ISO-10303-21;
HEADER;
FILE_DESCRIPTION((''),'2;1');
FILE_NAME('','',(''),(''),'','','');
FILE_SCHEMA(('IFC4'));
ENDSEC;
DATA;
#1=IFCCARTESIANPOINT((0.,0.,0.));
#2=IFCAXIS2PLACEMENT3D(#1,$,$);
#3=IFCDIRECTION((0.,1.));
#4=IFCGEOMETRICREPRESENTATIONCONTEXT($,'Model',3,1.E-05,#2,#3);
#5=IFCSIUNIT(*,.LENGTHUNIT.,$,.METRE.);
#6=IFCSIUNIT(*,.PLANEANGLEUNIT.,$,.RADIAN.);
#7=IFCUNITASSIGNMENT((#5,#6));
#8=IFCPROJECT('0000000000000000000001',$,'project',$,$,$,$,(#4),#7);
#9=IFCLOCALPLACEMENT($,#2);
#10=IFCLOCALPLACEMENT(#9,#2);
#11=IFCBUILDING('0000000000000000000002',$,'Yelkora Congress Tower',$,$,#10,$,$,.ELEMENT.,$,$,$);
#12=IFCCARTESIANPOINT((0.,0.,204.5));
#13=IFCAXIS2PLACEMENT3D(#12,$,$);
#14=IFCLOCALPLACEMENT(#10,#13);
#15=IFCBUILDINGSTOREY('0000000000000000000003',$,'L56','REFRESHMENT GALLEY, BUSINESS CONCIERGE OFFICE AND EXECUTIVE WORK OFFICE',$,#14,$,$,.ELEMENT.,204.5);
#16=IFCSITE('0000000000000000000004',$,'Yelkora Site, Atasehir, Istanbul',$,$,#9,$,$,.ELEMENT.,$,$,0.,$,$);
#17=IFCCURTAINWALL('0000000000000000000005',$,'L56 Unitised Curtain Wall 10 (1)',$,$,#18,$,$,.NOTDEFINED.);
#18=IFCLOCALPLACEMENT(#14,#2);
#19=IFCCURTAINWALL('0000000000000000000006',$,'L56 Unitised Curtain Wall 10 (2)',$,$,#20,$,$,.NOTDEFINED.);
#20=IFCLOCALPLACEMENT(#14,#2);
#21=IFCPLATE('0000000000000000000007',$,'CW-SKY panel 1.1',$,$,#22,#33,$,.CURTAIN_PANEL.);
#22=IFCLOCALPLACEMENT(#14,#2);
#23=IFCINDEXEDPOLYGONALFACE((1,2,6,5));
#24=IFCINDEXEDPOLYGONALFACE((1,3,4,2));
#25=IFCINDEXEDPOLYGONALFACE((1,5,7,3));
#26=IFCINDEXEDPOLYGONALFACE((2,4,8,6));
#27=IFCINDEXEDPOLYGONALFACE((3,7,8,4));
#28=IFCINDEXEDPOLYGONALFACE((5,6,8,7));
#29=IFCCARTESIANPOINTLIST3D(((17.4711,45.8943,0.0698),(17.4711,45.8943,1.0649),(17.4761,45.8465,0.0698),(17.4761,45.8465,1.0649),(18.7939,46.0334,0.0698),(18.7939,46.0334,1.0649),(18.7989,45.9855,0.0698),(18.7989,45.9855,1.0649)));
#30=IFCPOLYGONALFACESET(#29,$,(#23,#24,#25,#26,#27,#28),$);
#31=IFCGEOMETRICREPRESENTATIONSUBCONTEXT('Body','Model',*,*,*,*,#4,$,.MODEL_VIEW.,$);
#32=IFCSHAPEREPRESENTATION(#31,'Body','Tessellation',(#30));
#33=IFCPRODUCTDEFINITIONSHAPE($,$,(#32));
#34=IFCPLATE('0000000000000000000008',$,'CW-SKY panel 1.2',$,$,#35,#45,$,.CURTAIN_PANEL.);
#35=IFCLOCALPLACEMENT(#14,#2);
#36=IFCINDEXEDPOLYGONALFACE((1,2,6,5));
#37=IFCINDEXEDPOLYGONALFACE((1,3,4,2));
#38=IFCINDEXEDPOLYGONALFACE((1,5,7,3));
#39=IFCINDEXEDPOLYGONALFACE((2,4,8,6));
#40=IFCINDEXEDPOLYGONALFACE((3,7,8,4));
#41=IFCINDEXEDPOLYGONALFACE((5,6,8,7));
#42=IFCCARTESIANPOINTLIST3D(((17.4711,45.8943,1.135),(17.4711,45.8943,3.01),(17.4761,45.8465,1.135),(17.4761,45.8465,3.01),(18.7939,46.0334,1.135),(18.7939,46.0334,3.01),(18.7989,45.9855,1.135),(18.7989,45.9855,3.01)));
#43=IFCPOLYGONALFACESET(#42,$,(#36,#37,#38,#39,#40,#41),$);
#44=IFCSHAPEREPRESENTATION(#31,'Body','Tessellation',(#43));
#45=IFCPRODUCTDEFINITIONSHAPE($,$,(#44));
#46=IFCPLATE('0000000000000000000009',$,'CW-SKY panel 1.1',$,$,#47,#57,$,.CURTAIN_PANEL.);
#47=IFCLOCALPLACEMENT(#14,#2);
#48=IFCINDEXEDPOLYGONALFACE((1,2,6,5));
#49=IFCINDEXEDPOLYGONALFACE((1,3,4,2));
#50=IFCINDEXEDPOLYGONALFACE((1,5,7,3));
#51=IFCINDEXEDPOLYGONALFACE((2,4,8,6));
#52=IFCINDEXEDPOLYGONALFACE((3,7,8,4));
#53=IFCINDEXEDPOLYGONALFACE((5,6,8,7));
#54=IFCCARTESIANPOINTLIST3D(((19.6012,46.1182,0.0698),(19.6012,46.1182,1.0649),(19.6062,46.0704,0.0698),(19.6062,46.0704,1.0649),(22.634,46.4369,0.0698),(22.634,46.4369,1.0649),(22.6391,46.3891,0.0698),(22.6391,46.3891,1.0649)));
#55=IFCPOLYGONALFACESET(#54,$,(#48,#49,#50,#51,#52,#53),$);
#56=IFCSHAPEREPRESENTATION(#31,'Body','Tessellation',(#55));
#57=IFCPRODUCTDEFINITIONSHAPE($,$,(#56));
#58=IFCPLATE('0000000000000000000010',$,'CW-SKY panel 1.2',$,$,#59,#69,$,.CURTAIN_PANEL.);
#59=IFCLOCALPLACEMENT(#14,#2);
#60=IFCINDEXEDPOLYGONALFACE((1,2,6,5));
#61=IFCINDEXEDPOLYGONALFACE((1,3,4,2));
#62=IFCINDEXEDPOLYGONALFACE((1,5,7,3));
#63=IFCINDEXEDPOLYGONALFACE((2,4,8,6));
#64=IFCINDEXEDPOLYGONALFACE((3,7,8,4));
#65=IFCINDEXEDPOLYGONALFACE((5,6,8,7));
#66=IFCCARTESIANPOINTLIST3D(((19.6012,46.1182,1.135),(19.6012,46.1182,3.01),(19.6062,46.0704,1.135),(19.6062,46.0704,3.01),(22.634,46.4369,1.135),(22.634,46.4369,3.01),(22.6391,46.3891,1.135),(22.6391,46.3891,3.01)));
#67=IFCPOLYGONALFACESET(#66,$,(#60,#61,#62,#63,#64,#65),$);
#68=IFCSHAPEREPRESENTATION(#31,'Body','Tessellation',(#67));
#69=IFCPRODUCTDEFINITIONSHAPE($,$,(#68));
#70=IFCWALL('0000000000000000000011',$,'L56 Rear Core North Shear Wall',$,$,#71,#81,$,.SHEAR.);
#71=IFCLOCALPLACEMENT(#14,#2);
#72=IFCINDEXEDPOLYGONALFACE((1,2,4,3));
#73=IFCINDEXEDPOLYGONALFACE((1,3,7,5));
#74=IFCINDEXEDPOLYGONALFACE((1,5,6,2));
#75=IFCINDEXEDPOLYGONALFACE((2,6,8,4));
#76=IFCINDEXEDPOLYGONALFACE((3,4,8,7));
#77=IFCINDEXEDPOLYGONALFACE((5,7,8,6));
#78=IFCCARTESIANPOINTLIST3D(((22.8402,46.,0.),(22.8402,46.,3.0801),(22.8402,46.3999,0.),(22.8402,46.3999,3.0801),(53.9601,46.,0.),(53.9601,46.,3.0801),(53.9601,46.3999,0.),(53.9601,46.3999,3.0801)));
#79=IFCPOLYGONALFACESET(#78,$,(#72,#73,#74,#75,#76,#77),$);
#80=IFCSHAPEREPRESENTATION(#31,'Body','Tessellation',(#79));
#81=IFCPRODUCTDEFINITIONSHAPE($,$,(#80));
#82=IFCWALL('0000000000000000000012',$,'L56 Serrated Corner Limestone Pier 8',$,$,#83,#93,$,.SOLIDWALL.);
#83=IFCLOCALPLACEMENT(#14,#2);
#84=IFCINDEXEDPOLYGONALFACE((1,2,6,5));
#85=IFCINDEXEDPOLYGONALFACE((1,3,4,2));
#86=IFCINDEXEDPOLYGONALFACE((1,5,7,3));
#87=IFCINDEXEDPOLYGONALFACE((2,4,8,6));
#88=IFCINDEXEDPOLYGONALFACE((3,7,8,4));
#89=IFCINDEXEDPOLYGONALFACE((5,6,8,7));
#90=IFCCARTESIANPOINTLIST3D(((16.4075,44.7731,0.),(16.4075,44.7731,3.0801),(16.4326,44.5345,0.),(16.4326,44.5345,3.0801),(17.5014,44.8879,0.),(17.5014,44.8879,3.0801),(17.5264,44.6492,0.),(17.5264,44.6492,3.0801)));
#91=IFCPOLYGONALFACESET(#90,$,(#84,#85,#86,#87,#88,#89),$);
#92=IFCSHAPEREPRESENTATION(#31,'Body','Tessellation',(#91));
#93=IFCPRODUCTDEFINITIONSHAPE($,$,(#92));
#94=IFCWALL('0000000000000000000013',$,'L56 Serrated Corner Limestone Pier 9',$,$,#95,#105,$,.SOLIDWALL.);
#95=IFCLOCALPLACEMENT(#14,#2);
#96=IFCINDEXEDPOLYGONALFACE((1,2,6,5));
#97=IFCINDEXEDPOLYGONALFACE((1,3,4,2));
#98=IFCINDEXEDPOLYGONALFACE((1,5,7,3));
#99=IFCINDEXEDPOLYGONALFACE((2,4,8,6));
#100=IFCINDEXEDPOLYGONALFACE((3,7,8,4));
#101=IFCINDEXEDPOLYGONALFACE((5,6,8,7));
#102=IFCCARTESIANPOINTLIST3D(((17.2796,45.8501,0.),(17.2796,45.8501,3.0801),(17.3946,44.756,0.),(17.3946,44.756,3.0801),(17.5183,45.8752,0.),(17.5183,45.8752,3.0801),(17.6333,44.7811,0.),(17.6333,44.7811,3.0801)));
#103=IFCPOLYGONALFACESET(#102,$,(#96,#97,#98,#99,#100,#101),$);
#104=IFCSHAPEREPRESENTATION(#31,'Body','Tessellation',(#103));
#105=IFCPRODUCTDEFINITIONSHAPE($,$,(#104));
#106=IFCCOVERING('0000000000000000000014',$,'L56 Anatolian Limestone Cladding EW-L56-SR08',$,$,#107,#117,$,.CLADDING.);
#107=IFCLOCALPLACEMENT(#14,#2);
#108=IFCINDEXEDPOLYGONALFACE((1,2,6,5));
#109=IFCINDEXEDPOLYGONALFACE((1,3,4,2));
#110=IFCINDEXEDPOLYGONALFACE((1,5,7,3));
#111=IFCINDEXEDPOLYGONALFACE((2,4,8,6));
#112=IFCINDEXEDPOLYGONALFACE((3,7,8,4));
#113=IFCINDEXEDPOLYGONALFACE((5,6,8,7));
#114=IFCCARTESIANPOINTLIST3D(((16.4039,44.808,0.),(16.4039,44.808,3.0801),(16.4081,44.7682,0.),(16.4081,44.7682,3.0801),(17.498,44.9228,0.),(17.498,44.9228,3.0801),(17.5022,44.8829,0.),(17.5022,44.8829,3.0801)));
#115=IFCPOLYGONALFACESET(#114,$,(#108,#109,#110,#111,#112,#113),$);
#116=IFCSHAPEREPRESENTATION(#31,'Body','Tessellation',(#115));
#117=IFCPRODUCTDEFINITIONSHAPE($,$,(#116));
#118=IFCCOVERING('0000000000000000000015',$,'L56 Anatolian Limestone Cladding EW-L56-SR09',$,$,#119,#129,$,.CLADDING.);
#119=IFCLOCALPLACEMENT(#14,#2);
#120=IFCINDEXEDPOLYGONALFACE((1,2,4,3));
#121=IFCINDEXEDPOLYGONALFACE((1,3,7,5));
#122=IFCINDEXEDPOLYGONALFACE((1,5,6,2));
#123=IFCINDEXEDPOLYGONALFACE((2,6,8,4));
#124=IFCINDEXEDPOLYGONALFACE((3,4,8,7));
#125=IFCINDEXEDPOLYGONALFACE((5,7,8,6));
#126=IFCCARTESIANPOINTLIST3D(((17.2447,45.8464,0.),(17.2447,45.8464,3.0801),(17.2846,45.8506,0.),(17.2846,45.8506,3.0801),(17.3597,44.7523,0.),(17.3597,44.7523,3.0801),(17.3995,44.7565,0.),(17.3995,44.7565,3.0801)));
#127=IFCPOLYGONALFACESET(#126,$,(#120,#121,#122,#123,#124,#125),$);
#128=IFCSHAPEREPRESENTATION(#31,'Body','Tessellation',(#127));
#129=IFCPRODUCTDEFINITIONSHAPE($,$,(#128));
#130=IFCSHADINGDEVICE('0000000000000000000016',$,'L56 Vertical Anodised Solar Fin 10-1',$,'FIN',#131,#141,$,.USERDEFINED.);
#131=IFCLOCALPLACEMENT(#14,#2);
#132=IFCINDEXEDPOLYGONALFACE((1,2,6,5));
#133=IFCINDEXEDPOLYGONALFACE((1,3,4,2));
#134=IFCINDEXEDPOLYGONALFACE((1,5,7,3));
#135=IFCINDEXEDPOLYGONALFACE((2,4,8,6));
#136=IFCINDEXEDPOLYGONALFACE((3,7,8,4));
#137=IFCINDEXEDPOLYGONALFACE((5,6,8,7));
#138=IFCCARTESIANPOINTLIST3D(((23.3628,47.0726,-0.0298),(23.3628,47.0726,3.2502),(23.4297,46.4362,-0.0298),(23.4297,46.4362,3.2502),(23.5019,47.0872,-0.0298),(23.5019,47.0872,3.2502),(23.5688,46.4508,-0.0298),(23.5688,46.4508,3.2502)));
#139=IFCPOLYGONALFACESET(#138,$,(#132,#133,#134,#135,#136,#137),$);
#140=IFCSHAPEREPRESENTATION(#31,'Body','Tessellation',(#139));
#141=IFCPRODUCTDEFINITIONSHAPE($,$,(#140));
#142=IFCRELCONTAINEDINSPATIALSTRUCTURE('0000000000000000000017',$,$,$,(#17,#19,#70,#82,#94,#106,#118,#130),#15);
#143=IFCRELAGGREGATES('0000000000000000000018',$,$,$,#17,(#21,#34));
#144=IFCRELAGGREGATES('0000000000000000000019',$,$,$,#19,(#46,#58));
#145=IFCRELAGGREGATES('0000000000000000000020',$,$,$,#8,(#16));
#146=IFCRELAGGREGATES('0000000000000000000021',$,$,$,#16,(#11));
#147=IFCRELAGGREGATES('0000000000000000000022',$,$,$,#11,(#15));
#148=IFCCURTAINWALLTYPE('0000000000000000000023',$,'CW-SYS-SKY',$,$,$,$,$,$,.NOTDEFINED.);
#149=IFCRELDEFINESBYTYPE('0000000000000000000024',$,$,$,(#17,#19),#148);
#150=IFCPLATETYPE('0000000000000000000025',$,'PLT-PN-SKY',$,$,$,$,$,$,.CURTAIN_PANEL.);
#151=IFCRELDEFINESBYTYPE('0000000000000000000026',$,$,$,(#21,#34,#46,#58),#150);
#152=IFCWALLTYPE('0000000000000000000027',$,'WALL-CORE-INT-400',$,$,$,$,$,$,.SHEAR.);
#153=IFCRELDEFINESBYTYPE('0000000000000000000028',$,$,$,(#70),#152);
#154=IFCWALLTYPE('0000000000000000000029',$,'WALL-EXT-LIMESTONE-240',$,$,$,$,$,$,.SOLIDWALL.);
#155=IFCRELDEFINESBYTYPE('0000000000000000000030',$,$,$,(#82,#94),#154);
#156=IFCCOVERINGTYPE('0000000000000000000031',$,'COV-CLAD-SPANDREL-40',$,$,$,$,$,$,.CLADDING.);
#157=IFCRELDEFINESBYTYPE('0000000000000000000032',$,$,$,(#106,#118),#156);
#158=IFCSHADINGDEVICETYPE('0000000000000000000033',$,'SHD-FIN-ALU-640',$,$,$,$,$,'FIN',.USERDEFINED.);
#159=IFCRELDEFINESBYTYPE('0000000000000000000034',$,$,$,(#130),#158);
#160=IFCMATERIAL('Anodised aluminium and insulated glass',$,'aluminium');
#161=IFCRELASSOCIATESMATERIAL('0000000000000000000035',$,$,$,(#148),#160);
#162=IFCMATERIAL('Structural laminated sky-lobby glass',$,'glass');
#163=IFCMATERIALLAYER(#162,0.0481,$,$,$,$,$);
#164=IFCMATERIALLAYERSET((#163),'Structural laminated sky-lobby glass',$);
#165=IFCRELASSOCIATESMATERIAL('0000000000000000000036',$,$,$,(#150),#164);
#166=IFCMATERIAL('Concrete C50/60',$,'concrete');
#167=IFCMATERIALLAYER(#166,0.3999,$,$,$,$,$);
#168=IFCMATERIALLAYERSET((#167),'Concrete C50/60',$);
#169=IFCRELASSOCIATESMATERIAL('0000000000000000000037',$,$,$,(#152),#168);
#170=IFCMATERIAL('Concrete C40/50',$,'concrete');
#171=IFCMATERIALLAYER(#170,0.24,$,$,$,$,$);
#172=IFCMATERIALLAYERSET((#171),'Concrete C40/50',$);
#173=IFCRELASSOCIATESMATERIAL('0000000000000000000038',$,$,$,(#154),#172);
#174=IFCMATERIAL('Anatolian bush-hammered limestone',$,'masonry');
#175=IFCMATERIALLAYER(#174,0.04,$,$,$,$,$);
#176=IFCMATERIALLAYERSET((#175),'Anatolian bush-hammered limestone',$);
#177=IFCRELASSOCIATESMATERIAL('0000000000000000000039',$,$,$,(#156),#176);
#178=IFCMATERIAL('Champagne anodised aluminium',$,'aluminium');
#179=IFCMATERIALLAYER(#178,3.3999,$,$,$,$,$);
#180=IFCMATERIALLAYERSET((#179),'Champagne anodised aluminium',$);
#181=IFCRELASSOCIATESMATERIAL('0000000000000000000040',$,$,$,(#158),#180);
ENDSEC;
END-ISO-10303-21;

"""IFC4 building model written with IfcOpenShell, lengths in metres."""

from ifc_helpers import new_model, si_unit, direction, frame, frame_2d, origin, origin_2d, place, context, subcontext, project, spatial, rectangle, extrude, material, layer, layer_set, type_object, element, aggregate, save


model = new_model("IFC4")

# Units and contexts
model_context = context("Model", 3, precision=1e-05, world=origin(), true_north=direction((0.0, 1.0)))
body_context = subcontext(model_context, "Body", "Model", "MODEL_VIEW")
ifc_project = project(units=[si_unit("LENGTHUNIT", "METRE"), si_unit("PLANEANGLEUNIT", "RADIAN")], contexts=[model_context])

# Site, building, storey
site_placement = place(None, origin())
site = spatial("IfcSite", under=ifc_project, at=site_placement, Name="Yelkora Site, Atasehir, Istanbul", CompositionType="ELEMENT", RefElevation=0.0)
building_placement = place(site_placement, origin())
building = spatial("IfcBuilding", under=site, at=building_placement, Name="Yelkora Congress Tower", CompositionType="ELEMENT")
storey_placement = place(building_placement, frame((0.0, 0.0, 204.5)))
storey = spatial("IfcBuildingStorey", under=building, at=storey_placement, Name="L56", Description="REFRESHMENT GALLEY, BUSINESS CONCIERGE OFFICE AND EXECUTIVE WORK OFFICE", CompositionType="ELEMENT", Elevation=204.5)

# Curtain walls
ifc_material_1 = material(Name="Anodised aluminium and insulated glass", Category="aluminium")
curtain_wall_type = type_object("IfcCurtainWallType", Name="CW-SYS-SKY", PredefinedType="NOTDEFINED", material=ifc_material_1)
curtain_wall_1_placement = place(storey_placement, origin())
curtain_wall_1 = element("IfcCurtainWall", 1, at=curtain_wall_1_placement, inside=storey, type_object=curtain_wall_type, Name="L56 Unitised Curtain Wall 10 (1)", PredefinedType="NOTDEFINED")
curtain_wall_2_placement = place(storey_placement, origin())
curtain_wall_2 = element("IfcCurtainWall", 2, at=curtain_wall_2_placement, inside=storey, type_object=curtain_wall_type, Name="L56 Unitised Curtain Wall 10 (2)", PredefinedType="NOTDEFINED")

# Plates
ifc_material_2 = material(Name="Structural laminated sky-lobby glass", Category="glass")
ifc_layer_1 = layer(ifc_material_2, 0.0481)
ifc_layer_set_1 = layer_set([ifc_layer_1], Name="Structural laminated sky-lobby glass")
plate_type = type_object("IfcPlateType", Name="PLT-PN-SKY", PredefinedType="CURTAIN_PANEL", material=ifc_layer_set_1)
plate_1_placement = place(storey_placement, frame((18.135, 45.9399, 0.0698), z_axis=(0.0, 0.0, 1.0), x_axis=(0.994523, 0.104519, 0.0)))
plate_1 = element("IfcPlate", 3, at=plate_1_placement, type_object=plate_type, Name="CW-SKY panel 1.1", PredefinedType="CURTAIN_PANEL", context=body_context, shape_type="SweptSolid", body=[
    extrude(rectangle(XDim=1.3301, YDim=0.0481, at=origin_2d()), origin(), (0.0, 0.0, 1.0), 0.9951),
])
plate_2_placement = place(storey_placement, frame((18.135, 45.9399, 1.135), z_axis=(0.0, 0.0, 1.0), x_axis=(0.994523, 0.104519, 0.0)))
plate_2 = element("IfcPlate", 4, at=plate_2_placement, type_object=plate_type, Name="CW-SKY panel 1.2", PredefinedType="CURTAIN_PANEL", context=body_context, shape_type="SweptSolid", body=[
    extrude(rectangle(XDim=1.3301, YDim=0.0481, at=origin_2d()), origin(), (0.0, 0.0, 1.0), 1.875),
])
aggregate(curtain_wall_1, [plate_1, plate_2])
plate_3_placement = place(storey_placement, frame((21.1201, 46.2537, 0.0698), z_axis=(0.0, 0.0, 1.0), x_axis=(0.994523, 0.104516, 0.0)))
plate_3 = element("IfcPlate", 5, at=plate_3_placement, type_object=plate_type, Name="CW-SKY panel 1.1", PredefinedType="CURTAIN_PANEL", context=body_context, shape_type="SweptSolid", body=[
    extrude(rectangle(XDim=3.0496, YDim=0.0481, at=origin_2d()), origin(), (0.0, 0.0, 1.0), 0.9951),
])
plate_4_placement = place(storey_placement, frame((21.1201, 46.2537, 1.135), z_axis=(0.0, 0.0, 1.0), x_axis=(0.994523, 0.104516, 0.0)))
plate_4 = element("IfcPlate", 6, at=plate_4_placement, type_object=plate_type, Name="CW-SKY panel 1.2", PredefinedType="CURTAIN_PANEL", context=body_context, shape_type="SweptSolid", body=[
    extrude(rectangle(XDim=3.0496, YDim=0.0481, at=origin_2d()), origin(), (0.0, 0.0, 1.0), 1.875),
])
aggregate(curtain_wall_2, [plate_3, plate_4])

# Walls
ifc_material_3 = material(Name="Concrete C50/60", Category="concrete")
ifc_layer_2 = layer(ifc_material_3, 0.3999)
ifc_layer_set_2 = layer_set([ifc_layer_2], Name="Concrete C50/60")
wall_type_1 = type_object("IfcWallType", Name="WALL-CORE-INT-400", PredefinedType="SHEAR", material=ifc_layer_set_2)
wall_1_placement = place(storey_placement, frame((22.8401, 46.2, 0.0), z_axis=(0.0, 0.0, 1.0), x_axis=(1.0, 0.0, 0.0)))
element("IfcWall", 7, at=wall_1_placement, inside=storey, type_object=wall_type_1, Name="L56 Rear Core North Shear Wall", PredefinedType="SHEAR", context=body_context, shape_type="SweptSolid", body=[
    extrude(rectangle(XDim=31.1199, YDim=0.3999, at=frame_2d((15.5601, 0.0))), origin(), (0.0, 0.0, 1.0), 3.0801),
])
ifc_material_4 = material(Name="Concrete C40/50", Category="concrete")
ifc_layer_3 = layer(ifc_material_4, 0.24)
ifc_layer_set_3 = layer_set([ifc_layer_3], Name="Concrete C40/50")
wall_type_2 = type_object("IfcWallType", Name="WALL-EXT-LIMESTONE-240", PredefinedType="SOLIDWALL", material=ifc_layer_set_3)
wall_2_placement = place(storey_placement, frame((16.4202, 44.6538, 0.0), z_axis=(0.0, 0.0, 1.0), x_axis=(0.994542, 0.104338, 0.0)))
element("IfcWall", 8, at=wall_2_placement, inside=storey, type_object=wall_type_2, Name="L56 Serrated Corner Limestone Pier 8", PredefinedType="SOLIDWALL", context=body_context, shape_type="SweptSolid", body=[
    extrude(rectangle(XDim=1.0999, YDim=0.24, at=frame_2d((0.5498, 0.0))), origin(), (0.0, 0.0, 1.0), 3.0801),
])
wall_3_placement = place(storey_placement, frame((17.5139, 44.7686, 0.0), z_axis=(0.0, 0.0, 1.0), x_axis=(-0.104535, 0.994521, 0.0)))
element("IfcWall", 9, at=wall_3_placement, inside=storey, type_object=wall_type_2, Name="L56 Serrated Corner Limestone Pier 9", PredefinedType="SOLIDWALL", context=body_context, shape_type="SweptSolid", body=[
    extrude(rectangle(XDim=1.1001, YDim=0.24, at=frame_2d((0.55, 0.0))), origin(), (0.0, 0.0, 1.0), 3.0801),
])

# Coverings
ifc_material_5 = material(Name="Anatolian bush-hammered limestone", Category="masonry")
ifc_layer_4 = layer(ifc_material_5, 0.04)
ifc_layer_set_4 = layer_set([ifc_layer_4], Name="Anatolian bush-hammered limestone")
covering_type = type_object("IfcCoveringType", Name="COV-CLAD-SPANDREL-40", PredefinedType="CLADDING", material=ifc_layer_set_4)
for number, where, z_axis, x_axis, name in (
    (10, (16.406, 44.7881, 0.0), (0.0, 0.0, 1.0), (0.994544, 0.104315, 0.0), "L56 Anatolian Limestone Cladding EW-L56-SR08"),
    (11, (17.3796, 44.7544, 0.0), (0.0, 0.0, 1.0), (-0.104535, 0.994521, 0.0), "L56 Anatolian Limestone Cladding EW-L56-SR09"),
):
    element("IfcCovering", number, at=place(storey_placement, frame(where, z_axis=z_axis, x_axis=x_axis)), inside=storey, type_object=covering_type, Name=name, PredefinedType="CLADDING", context=body_context, shape_type="SweptSolid", body=[
        extrude(rectangle(XDim=1.1001, YDim=0.04, at=frame_2d((0.55, 0.0))), origin(), (0.0, 0.0, 1.0), 3.0801),
    ])

# Shading device
ifc_material_6 = material(Name="Champagne anodised aluminium", Category="aluminium")
ifc_layer_5 = layer(ifc_material_6, 3.3999)
ifc_layer_set_5 = layer_set([ifc_layer_5], Name="Champagne anodised aluminium")
shading_device_type = type_object("IfcShadingDeviceType", Name="SHD-FIN-ALU-640", ElementType="FIN", PredefinedType="USERDEFINED", material=ifc_layer_set_5)
shading_device_placement = place(storey_placement, frame((23.4658, 46.7617, -0.0298), z_axis=(0.0, 0.0, 1.0), x_axis=(0.994522, 0.104528, 0.0)))
element("IfcShadingDevice", 12, at=shading_device_placement, inside=storey, type_object=shading_device_type, Name="L56 Vertical Anodised Solar Fin 10-1", ObjectType="FIN", PredefinedType="USERDEFINED", context=body_context, shape_type="SweptSolid", body=[
    extrude(rectangle(XDim=0.1399, YDim=0.6399, at=origin_2d()), origin(), (0.0, 0.0, 1.0), 3.28),
])

save(model, "model.ifc")
